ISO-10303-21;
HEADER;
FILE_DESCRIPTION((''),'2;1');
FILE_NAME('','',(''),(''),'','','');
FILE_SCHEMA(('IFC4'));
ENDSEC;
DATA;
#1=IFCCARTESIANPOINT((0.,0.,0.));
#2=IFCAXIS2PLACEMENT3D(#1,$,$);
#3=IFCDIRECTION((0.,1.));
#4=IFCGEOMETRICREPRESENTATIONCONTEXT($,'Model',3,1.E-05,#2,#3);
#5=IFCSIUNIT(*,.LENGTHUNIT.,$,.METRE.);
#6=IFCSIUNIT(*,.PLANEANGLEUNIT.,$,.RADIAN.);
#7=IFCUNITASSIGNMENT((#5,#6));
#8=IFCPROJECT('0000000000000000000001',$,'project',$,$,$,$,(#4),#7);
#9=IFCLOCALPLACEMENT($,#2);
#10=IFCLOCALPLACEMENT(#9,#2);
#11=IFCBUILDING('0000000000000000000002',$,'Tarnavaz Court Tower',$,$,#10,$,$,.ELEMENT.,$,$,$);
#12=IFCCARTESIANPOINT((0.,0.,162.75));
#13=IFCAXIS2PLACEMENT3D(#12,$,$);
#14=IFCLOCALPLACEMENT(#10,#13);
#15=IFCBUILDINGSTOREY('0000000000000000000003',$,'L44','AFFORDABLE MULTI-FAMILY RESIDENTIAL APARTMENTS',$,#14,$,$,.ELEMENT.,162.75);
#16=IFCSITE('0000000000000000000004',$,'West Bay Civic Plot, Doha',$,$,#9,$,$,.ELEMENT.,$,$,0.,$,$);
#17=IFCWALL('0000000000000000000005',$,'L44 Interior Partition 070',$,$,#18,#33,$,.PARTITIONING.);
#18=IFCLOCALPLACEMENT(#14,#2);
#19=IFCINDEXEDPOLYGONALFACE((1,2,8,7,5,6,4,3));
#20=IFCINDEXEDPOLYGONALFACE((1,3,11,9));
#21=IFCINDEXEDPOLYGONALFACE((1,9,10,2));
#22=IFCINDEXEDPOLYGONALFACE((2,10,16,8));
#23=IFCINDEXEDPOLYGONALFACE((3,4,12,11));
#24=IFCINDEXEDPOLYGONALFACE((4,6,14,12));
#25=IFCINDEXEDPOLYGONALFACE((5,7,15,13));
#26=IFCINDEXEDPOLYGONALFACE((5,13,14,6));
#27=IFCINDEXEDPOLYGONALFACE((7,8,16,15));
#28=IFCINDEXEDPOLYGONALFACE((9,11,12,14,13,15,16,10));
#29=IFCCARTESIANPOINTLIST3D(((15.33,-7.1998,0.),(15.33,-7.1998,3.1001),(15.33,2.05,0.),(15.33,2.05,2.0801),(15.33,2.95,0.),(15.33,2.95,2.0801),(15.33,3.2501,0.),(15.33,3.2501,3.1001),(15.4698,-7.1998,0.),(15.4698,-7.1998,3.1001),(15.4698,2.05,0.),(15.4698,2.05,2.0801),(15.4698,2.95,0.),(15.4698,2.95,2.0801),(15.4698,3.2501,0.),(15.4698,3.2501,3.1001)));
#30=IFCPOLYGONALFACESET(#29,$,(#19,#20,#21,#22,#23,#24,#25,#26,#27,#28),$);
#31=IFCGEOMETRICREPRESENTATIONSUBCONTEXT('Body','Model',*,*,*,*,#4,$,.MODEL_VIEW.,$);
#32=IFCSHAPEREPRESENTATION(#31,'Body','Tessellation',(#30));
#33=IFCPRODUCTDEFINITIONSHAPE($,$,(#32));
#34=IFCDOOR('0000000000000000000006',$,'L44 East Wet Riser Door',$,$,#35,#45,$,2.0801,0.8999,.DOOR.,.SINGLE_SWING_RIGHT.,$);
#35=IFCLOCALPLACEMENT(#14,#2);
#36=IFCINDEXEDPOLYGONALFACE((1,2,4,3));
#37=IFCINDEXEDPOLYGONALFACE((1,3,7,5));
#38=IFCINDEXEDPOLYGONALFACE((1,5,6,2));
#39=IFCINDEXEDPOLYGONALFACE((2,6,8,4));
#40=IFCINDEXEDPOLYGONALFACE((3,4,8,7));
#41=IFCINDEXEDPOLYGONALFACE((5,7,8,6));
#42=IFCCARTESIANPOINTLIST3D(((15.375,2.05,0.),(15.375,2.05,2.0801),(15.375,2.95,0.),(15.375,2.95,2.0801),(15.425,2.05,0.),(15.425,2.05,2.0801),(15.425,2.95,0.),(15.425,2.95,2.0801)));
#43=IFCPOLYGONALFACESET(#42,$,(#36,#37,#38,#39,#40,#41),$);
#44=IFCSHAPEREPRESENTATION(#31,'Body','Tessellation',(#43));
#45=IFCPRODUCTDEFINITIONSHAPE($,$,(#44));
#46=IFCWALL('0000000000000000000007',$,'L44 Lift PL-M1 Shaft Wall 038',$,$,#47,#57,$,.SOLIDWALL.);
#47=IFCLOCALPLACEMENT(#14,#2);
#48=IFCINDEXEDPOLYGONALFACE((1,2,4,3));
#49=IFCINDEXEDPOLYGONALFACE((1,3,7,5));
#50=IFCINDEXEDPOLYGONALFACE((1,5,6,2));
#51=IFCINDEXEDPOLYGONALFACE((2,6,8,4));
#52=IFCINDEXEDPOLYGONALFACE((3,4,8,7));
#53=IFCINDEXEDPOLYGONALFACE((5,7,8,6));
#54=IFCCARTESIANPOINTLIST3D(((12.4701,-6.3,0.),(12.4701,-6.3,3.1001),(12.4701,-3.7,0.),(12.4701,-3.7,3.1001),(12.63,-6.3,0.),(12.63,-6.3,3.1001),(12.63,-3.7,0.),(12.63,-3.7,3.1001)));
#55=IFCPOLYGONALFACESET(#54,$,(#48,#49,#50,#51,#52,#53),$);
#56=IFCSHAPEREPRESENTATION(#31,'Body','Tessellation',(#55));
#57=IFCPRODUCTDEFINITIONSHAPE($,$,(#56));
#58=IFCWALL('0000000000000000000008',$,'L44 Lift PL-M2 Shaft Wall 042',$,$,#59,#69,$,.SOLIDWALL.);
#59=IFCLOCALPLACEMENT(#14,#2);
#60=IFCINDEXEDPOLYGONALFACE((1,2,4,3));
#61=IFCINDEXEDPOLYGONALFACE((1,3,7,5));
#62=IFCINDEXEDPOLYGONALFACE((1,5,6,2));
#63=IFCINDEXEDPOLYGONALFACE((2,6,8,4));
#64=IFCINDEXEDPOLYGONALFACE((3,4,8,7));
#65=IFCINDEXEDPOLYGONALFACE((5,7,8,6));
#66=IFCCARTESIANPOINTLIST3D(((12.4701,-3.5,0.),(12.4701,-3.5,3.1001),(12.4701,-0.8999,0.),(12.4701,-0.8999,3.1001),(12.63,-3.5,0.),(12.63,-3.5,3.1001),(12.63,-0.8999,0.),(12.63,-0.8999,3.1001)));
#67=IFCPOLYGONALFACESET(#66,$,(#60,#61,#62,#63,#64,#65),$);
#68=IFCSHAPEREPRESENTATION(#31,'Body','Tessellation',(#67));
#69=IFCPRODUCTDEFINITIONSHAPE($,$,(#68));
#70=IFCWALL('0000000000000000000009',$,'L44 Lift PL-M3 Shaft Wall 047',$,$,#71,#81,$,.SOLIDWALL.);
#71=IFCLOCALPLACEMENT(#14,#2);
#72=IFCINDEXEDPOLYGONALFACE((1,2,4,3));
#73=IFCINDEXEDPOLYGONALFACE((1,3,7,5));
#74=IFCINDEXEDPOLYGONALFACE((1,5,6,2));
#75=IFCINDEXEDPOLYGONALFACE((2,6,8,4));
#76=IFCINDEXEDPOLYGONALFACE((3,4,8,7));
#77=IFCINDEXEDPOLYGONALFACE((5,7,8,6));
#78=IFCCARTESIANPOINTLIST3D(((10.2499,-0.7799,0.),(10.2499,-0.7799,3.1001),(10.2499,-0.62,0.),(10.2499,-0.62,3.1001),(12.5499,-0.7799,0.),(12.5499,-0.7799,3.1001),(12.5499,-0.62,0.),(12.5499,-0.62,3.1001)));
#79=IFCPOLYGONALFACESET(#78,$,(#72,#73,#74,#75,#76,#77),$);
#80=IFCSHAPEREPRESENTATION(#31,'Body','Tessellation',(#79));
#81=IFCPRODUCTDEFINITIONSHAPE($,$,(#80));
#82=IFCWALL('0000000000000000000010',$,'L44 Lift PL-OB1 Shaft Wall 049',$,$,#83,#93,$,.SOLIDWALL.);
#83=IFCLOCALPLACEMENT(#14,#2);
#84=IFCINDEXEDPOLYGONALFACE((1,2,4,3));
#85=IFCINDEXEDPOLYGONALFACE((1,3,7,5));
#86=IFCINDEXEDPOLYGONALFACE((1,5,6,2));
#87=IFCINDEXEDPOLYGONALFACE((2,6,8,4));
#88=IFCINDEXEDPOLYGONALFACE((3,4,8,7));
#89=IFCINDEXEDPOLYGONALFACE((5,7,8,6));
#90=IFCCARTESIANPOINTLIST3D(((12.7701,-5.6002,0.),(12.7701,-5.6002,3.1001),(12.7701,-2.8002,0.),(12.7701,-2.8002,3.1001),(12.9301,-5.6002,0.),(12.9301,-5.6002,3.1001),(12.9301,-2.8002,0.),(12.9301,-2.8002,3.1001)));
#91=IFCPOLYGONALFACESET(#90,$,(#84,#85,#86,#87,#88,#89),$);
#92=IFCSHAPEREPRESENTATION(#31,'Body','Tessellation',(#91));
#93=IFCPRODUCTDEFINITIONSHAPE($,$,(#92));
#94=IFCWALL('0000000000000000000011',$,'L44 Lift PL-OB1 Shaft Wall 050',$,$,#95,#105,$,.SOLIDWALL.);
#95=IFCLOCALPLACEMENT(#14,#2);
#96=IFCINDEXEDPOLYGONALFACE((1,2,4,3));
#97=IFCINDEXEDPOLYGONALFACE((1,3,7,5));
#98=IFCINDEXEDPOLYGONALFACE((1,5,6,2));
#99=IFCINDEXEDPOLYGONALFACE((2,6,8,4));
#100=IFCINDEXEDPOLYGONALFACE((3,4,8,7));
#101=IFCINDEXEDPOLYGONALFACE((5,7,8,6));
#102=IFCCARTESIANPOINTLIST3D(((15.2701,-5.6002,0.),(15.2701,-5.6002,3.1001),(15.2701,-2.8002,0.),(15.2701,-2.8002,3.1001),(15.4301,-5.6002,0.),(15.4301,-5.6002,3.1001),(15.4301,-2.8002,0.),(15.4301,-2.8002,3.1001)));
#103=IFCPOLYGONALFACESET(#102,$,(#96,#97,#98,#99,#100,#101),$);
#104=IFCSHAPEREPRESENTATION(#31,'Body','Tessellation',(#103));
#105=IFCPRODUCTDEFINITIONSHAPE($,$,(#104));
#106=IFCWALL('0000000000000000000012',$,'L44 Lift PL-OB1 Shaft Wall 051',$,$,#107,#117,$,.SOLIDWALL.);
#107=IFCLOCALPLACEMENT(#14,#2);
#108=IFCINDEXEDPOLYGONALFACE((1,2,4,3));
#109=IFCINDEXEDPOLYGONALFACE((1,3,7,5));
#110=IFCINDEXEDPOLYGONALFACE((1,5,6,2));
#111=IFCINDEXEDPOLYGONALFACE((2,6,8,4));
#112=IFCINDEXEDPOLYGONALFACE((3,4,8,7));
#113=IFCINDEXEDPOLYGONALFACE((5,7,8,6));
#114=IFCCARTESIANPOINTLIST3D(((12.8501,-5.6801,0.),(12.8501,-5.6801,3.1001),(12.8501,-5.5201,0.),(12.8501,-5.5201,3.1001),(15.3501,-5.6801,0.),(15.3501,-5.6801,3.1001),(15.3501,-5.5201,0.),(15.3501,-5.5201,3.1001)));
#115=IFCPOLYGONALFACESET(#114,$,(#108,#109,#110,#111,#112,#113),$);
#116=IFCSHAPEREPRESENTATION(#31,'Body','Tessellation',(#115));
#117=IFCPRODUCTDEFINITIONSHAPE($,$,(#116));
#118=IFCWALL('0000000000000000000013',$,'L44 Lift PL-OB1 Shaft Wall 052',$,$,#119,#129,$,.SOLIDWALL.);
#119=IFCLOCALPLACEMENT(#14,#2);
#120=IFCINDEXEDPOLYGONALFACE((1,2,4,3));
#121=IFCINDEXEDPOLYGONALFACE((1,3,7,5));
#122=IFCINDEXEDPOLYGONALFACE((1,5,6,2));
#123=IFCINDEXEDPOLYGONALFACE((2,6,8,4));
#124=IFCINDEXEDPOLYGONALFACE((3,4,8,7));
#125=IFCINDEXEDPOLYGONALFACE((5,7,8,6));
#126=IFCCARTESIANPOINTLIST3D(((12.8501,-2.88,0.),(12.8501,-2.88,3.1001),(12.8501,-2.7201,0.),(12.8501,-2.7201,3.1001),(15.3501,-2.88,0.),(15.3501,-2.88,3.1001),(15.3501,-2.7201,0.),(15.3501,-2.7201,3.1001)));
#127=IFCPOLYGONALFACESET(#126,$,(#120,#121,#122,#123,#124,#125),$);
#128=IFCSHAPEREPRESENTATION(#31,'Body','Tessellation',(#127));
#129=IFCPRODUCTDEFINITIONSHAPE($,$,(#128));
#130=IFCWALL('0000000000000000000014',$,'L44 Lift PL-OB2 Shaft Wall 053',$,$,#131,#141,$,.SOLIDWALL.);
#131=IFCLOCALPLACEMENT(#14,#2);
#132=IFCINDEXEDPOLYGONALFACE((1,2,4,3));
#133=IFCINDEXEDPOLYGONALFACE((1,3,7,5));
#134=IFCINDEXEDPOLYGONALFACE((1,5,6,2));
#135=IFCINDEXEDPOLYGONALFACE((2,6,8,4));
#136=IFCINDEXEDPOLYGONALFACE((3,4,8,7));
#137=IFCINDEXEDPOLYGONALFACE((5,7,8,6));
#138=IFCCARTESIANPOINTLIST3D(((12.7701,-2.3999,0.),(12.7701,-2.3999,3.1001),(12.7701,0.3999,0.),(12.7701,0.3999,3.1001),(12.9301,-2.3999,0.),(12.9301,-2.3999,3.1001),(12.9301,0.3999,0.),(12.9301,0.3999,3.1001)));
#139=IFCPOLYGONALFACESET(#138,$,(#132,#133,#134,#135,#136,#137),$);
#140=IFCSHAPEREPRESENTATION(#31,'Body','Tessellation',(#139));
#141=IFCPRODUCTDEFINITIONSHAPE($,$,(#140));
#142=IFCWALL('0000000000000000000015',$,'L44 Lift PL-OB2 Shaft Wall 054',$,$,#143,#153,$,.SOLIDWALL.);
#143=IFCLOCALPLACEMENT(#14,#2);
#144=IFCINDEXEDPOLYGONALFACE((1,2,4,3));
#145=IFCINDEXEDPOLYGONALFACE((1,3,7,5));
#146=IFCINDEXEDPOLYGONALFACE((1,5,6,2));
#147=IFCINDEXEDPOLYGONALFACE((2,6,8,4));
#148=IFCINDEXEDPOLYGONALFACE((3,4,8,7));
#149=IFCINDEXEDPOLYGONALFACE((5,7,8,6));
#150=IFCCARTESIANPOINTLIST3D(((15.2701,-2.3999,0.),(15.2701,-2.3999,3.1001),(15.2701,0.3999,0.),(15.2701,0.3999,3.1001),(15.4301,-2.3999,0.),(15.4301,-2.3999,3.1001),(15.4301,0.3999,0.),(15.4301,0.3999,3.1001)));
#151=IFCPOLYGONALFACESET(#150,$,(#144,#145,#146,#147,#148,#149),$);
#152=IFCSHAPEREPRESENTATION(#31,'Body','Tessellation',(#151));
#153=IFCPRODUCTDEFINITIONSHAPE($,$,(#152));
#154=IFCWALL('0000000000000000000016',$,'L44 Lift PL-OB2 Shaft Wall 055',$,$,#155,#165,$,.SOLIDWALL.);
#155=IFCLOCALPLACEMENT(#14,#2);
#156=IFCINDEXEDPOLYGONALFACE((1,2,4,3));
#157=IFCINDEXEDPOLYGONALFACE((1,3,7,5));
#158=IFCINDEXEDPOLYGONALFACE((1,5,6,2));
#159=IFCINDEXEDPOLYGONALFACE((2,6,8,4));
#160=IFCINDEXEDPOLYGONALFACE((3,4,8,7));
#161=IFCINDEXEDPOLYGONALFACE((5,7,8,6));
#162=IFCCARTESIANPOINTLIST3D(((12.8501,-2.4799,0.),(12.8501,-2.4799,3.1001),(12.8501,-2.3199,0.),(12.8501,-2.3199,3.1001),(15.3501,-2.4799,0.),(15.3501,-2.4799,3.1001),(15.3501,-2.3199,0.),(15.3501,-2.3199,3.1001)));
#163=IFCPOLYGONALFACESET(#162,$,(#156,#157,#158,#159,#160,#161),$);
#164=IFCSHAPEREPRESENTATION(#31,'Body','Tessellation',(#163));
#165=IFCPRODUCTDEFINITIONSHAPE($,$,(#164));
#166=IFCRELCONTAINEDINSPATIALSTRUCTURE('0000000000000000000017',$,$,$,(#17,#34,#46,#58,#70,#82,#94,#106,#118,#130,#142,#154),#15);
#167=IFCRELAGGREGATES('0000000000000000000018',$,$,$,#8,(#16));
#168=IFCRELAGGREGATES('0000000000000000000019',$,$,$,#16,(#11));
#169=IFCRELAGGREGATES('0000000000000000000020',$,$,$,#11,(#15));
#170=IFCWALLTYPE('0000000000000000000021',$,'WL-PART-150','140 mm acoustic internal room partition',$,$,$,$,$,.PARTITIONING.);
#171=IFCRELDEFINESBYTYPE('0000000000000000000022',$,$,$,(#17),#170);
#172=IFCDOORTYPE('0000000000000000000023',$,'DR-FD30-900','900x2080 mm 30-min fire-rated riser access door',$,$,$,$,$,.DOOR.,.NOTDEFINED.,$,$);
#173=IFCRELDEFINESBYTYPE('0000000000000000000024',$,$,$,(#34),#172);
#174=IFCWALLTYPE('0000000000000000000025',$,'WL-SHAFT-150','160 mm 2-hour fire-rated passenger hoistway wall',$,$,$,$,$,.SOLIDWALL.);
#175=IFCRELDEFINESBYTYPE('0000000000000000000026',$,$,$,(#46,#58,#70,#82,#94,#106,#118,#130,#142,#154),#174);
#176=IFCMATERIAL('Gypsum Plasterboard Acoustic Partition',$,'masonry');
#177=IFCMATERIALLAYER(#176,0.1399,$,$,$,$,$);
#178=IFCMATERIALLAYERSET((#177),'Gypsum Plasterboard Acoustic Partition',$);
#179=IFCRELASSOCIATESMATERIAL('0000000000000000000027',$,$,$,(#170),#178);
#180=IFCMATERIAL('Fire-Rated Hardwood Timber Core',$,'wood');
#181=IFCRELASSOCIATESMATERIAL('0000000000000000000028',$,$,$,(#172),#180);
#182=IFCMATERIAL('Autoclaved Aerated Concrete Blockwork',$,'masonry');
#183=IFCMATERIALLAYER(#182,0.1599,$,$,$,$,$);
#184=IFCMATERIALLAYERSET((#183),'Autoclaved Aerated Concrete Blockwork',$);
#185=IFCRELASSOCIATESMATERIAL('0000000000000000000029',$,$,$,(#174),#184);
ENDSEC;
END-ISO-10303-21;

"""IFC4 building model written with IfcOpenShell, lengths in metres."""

from ifc_helpers import new_model, si_unit, direction, frame, frame_2d, origin, place, context, subcontext, project, spatial, rectangle, extrude, material, layer, layer_set, type_object, element, fill, save


model = new_model("IFC4")

# Units and contexts
model_context = context("Model", 3, precision=1e-05, world=origin(), true_north=direction((0.0, 1.0)))
body_context = subcontext(model_context, "Body", "Model", "MODEL_VIEW")
ifc_project = project(units=[si_unit("LENGTHUNIT", "METRE"), si_unit("PLANEANGLEUNIT", "RADIAN")], contexts=[model_context])

# Site, building, storey
site_placement = place(None, origin())
site = spatial("IfcSite", under=ifc_project, at=site_placement, Name="West Bay Civic Plot, Doha", CompositionType="ELEMENT", RefElevation=0.0)
building_placement = place(site_placement, origin())
building = spatial("IfcBuilding", under=site, at=building_placement, Name="Tarnavaz Court Tower", CompositionType="ELEMENT")
storey_placement = place(building_placement, frame((0.0, 0.0, 162.75)))
storey = spatial("IfcBuildingStorey", under=building, at=storey_placement, Name="L44", Description="AFFORDABLE MULTI-FAMILY RESIDENTIAL APARTMENTS", CompositionType="ELEMENT", Elevation=162.75)

# Wall, opening, door
ifc_material_1 = material(Name="Gypsum Plasterboard Acoustic Partition", Category="masonry")
ifc_layer_1 = layer(ifc_material_1, 0.1399)
ifc_layer_set_1 = layer_set([ifc_layer_1], Name="Gypsum Plasterboard Acoustic Partition")
wall_type_1 = type_object("IfcWallType", Name="WL-PART-150", Description="140 mm acoustic internal room partition", PredefinedType="PARTITIONING", material=ifc_layer_set_1)
wall_1_placement = place(storey_placement, frame((15.3999, -7.2, 0.0), z_axis=(0.0, 0.0, 1.0), x_axis=(0.0, 1.0, 0.0)))
wall_1 = element("IfcWall", 1, at=wall_1_placement, inside=storey, type_object=wall_type_1, Name="L44 Interior Partition 070", PredefinedType="PARTITIONING", context=body_context, shape_type="SweptSolid", body=[
    extrude(rectangle(XDim=10.45, YDim=0.1399, at=frame_2d((5.2251, 0.0))), origin(), (0.0, 0.0, 1.0), 3.1001),
])
opening_placement = place(wall_1_placement, frame((9.25, 0.0, 0.0)))
opening = element("IfcOpeningElement", 2, at=opening_placement, cuts=wall_1, PredefinedType="OPENING", context=body_context, shape_type="SweptSolid", body=[
    extrude(rectangle(XDim=0.8999, YDim=2.0801, at=frame_2d((0.45, 1.04))), frame((0.0, 0.0798, 0.0), z_axis=(0.0, -1.0, 0.0), x_axis=(1.0, 0.0, 0.0)), (0.0, 0.0, 1.0), 0.1599),
])
ifc_material_2 = material(Name="Fire-Rated Hardwood Timber Core", Category="wood")
door_type = type_object("IfcDoorType", Name="DR-FD30-900", Description="900x2080 mm 30-min fire-rated riser access door", OperationType="NOTDEFINED", PredefinedType="DOOR", material=ifc_material_2)
door_placement = place(opening_placement, origin())
door = element("IfcDoor", 3, at=door_placement, inside=storey, type_object=door_type, Name="L44 East Wet Riser Door", OperationType="SINGLE_SWING_RIGHT", OverallHeight=2.0801, OverallWidth=0.8999, PredefinedType="DOOR", context=body_context, shape_type="SweptSolid", body=[
    extrude(rectangle(XDim=0.8999, YDim=2.0801, at=frame_2d((0.45, 1.04))), frame((0.0, 0.0249, 0.0), z_axis=(0.0, -1.0, 0.0), x_axis=(1.0, 0.0, 0.0)), (0.0, 0.0, 1.0), 0.05),
])
fill(opening, door)

# Walls
ifc_material_3 = material(Name="Autoclaved Aerated Concrete Blockwork", Category="masonry")
ifc_layer_2 = layer(ifc_material_3, 0.1599)
ifc_layer_set_2 = layer_set([ifc_layer_2], Name="Autoclaved Aerated Concrete Blockwork")
wall_type_2 = type_object("IfcWallType", Name="WL-SHAFT-150", Description="160 mm 2-hour fire-rated passenger hoistway wall", PredefinedType="SOLIDWALL", material=ifc_layer_set_2)
for number, where, z_axis, x_axis, name in (
    (4, (12.55, -6.3, 0.0), (0.0, 0.0, 1.0), (0.0, 1.0, 0.0), "L44 Lift PL-M1 Shaft Wall 038"),
    (5, (12.55, -3.5, 0.0), (0.0, 0.0, 1.0), (0.0, 1.0, 0.0), "L44 Lift PL-M2 Shaft Wall 042"),
):
    element("IfcWall", number, at=place(storey_placement, frame(where, z_axis=z_axis, x_axis=x_axis)), inside=storey, type_object=wall_type_2, Name=name, PredefinedType="SOLIDWALL", context=body_context, shape_type="SweptSolid", body=[
        extrude(rectangle(XDim=2.6001, YDim=0.1599, at=frame_2d((1.3, 0.0))), origin(), (0.0, 0.0, 1.0), 3.1001),
    ])
wall_2_placement = place(storey_placement, frame((10.25, -0.7, 0.0), z_axis=(0.0, 0.0, 1.0), x_axis=(1.0, 0.0, 0.0)))
element("IfcWall", 6, at=wall_2_placement, inside=storey, type_object=wall_type_2, Name="L44 Lift PL-M3 Shaft Wall 047", PredefinedType="SOLIDWALL", context=body_context, shape_type="SweptSolid", body=[
    extrude(rectangle(XDim=2.3, YDim=0.1599, at=frame_2d((1.1499, 0.0))), origin(), (0.0, 0.0, 1.0), 3.1001),
])
for number, where, z_axis, x_axis, name in (
    (7, (12.8501, -5.6001, 0.0), (0.0, 0.0, 1.0), (0.0, 1.0, 0.0), "L44 Lift PL-OB1 Shaft Wall 049"),
    (8, (15.3501, -5.6001, 0.0), (0.0, 0.0, 1.0), (0.0, 1.0, 0.0), "L44 Lift PL-OB1 Shaft Wall 050"),
):
    element("IfcWall", number, at=place(storey_placement, frame(where, z_axis=z_axis, x_axis=x_axis)), inside=storey, type_object=wall_type_2, Name=name, PredefinedType="SOLIDWALL", context=body_context, shape_type="SweptSolid", body=[
        extrude(rectangle(XDim=2.8, YDim=0.1599, at=frame_2d((1.3999, 0.0))), origin(), (0.0, 0.0, 1.0), 3.1001),
    ])
for number, where, z_axis, x_axis, name in (
    (9, (12.8501, -5.6001, 0.0), (0.0, 0.0, 1.0), (1.0, 0.0, 0.0), "L44 Lift PL-OB1 Shaft Wall 051"),
    (10, (12.8501, -2.8, 0.0), (0.0, 0.0, 1.0), (1.0, 0.0, 0.0), "L44 Lift PL-OB1 Shaft Wall 052"),
):
    element("IfcWall", number, at=place(storey_placement, frame(where, z_axis=z_axis, x_axis=x_axis)), inside=storey, type_object=wall_type_2, Name=name, PredefinedType="SOLIDWALL", context=body_context, shape_type="SweptSolid", body=[
        extrude(rectangle(XDim=2.5, YDim=0.1599, at=frame_2d((1.25, 0.0))), origin(), (0.0, 0.0, 1.0), 3.1001),
    ])
for number, where, z_axis, x_axis, name in (
    (11, (12.8501, -2.3999, 0.0), (0.0, 0.0, 1.0), (0.0, 1.0, 0.0), "L44 Lift PL-OB2 Shaft Wall 053"),
    (12, (15.3501, -2.3999, 0.0), (0.0, 0.0, 1.0), (0.0, 1.0, 0.0), "L44 Lift PL-OB2 Shaft Wall 054"),
):
    element("IfcWall", number, at=place(storey_placement, frame(where, z_axis=z_axis, x_axis=x_axis)), inside=storey, type_object=wall_type_2, Name=name, PredefinedType="SOLIDWALL", context=body_context, shape_type="SweptSolid", body=[
        extrude(rectangle(XDim=2.7998, YDim=0.1599, at=frame_2d((1.3999, 0.0))), origin(), (0.0, 0.0, 1.0), 3.1001),
    ])
wall_3_placement = place(storey_placement, frame((12.8501, -2.3999, 0.0), z_axis=(0.0, 0.0, 1.0), x_axis=(1.0, 0.0, 0.0)))
element("IfcWall", 13, at=wall_3_placement, inside=storey, type_object=wall_type_2, Name="L44 Lift PL-OB2 Shaft Wall 055", PredefinedType="SOLIDWALL", context=body_context, shape_type="SweptSolid", body=[
    extrude(rectangle(XDim=2.5, YDim=0.1599, at=frame_2d((1.25, 0.0))), origin(), (0.0, 0.0, 1.0), 3.1001),
])

save(model, "model.ifc")
